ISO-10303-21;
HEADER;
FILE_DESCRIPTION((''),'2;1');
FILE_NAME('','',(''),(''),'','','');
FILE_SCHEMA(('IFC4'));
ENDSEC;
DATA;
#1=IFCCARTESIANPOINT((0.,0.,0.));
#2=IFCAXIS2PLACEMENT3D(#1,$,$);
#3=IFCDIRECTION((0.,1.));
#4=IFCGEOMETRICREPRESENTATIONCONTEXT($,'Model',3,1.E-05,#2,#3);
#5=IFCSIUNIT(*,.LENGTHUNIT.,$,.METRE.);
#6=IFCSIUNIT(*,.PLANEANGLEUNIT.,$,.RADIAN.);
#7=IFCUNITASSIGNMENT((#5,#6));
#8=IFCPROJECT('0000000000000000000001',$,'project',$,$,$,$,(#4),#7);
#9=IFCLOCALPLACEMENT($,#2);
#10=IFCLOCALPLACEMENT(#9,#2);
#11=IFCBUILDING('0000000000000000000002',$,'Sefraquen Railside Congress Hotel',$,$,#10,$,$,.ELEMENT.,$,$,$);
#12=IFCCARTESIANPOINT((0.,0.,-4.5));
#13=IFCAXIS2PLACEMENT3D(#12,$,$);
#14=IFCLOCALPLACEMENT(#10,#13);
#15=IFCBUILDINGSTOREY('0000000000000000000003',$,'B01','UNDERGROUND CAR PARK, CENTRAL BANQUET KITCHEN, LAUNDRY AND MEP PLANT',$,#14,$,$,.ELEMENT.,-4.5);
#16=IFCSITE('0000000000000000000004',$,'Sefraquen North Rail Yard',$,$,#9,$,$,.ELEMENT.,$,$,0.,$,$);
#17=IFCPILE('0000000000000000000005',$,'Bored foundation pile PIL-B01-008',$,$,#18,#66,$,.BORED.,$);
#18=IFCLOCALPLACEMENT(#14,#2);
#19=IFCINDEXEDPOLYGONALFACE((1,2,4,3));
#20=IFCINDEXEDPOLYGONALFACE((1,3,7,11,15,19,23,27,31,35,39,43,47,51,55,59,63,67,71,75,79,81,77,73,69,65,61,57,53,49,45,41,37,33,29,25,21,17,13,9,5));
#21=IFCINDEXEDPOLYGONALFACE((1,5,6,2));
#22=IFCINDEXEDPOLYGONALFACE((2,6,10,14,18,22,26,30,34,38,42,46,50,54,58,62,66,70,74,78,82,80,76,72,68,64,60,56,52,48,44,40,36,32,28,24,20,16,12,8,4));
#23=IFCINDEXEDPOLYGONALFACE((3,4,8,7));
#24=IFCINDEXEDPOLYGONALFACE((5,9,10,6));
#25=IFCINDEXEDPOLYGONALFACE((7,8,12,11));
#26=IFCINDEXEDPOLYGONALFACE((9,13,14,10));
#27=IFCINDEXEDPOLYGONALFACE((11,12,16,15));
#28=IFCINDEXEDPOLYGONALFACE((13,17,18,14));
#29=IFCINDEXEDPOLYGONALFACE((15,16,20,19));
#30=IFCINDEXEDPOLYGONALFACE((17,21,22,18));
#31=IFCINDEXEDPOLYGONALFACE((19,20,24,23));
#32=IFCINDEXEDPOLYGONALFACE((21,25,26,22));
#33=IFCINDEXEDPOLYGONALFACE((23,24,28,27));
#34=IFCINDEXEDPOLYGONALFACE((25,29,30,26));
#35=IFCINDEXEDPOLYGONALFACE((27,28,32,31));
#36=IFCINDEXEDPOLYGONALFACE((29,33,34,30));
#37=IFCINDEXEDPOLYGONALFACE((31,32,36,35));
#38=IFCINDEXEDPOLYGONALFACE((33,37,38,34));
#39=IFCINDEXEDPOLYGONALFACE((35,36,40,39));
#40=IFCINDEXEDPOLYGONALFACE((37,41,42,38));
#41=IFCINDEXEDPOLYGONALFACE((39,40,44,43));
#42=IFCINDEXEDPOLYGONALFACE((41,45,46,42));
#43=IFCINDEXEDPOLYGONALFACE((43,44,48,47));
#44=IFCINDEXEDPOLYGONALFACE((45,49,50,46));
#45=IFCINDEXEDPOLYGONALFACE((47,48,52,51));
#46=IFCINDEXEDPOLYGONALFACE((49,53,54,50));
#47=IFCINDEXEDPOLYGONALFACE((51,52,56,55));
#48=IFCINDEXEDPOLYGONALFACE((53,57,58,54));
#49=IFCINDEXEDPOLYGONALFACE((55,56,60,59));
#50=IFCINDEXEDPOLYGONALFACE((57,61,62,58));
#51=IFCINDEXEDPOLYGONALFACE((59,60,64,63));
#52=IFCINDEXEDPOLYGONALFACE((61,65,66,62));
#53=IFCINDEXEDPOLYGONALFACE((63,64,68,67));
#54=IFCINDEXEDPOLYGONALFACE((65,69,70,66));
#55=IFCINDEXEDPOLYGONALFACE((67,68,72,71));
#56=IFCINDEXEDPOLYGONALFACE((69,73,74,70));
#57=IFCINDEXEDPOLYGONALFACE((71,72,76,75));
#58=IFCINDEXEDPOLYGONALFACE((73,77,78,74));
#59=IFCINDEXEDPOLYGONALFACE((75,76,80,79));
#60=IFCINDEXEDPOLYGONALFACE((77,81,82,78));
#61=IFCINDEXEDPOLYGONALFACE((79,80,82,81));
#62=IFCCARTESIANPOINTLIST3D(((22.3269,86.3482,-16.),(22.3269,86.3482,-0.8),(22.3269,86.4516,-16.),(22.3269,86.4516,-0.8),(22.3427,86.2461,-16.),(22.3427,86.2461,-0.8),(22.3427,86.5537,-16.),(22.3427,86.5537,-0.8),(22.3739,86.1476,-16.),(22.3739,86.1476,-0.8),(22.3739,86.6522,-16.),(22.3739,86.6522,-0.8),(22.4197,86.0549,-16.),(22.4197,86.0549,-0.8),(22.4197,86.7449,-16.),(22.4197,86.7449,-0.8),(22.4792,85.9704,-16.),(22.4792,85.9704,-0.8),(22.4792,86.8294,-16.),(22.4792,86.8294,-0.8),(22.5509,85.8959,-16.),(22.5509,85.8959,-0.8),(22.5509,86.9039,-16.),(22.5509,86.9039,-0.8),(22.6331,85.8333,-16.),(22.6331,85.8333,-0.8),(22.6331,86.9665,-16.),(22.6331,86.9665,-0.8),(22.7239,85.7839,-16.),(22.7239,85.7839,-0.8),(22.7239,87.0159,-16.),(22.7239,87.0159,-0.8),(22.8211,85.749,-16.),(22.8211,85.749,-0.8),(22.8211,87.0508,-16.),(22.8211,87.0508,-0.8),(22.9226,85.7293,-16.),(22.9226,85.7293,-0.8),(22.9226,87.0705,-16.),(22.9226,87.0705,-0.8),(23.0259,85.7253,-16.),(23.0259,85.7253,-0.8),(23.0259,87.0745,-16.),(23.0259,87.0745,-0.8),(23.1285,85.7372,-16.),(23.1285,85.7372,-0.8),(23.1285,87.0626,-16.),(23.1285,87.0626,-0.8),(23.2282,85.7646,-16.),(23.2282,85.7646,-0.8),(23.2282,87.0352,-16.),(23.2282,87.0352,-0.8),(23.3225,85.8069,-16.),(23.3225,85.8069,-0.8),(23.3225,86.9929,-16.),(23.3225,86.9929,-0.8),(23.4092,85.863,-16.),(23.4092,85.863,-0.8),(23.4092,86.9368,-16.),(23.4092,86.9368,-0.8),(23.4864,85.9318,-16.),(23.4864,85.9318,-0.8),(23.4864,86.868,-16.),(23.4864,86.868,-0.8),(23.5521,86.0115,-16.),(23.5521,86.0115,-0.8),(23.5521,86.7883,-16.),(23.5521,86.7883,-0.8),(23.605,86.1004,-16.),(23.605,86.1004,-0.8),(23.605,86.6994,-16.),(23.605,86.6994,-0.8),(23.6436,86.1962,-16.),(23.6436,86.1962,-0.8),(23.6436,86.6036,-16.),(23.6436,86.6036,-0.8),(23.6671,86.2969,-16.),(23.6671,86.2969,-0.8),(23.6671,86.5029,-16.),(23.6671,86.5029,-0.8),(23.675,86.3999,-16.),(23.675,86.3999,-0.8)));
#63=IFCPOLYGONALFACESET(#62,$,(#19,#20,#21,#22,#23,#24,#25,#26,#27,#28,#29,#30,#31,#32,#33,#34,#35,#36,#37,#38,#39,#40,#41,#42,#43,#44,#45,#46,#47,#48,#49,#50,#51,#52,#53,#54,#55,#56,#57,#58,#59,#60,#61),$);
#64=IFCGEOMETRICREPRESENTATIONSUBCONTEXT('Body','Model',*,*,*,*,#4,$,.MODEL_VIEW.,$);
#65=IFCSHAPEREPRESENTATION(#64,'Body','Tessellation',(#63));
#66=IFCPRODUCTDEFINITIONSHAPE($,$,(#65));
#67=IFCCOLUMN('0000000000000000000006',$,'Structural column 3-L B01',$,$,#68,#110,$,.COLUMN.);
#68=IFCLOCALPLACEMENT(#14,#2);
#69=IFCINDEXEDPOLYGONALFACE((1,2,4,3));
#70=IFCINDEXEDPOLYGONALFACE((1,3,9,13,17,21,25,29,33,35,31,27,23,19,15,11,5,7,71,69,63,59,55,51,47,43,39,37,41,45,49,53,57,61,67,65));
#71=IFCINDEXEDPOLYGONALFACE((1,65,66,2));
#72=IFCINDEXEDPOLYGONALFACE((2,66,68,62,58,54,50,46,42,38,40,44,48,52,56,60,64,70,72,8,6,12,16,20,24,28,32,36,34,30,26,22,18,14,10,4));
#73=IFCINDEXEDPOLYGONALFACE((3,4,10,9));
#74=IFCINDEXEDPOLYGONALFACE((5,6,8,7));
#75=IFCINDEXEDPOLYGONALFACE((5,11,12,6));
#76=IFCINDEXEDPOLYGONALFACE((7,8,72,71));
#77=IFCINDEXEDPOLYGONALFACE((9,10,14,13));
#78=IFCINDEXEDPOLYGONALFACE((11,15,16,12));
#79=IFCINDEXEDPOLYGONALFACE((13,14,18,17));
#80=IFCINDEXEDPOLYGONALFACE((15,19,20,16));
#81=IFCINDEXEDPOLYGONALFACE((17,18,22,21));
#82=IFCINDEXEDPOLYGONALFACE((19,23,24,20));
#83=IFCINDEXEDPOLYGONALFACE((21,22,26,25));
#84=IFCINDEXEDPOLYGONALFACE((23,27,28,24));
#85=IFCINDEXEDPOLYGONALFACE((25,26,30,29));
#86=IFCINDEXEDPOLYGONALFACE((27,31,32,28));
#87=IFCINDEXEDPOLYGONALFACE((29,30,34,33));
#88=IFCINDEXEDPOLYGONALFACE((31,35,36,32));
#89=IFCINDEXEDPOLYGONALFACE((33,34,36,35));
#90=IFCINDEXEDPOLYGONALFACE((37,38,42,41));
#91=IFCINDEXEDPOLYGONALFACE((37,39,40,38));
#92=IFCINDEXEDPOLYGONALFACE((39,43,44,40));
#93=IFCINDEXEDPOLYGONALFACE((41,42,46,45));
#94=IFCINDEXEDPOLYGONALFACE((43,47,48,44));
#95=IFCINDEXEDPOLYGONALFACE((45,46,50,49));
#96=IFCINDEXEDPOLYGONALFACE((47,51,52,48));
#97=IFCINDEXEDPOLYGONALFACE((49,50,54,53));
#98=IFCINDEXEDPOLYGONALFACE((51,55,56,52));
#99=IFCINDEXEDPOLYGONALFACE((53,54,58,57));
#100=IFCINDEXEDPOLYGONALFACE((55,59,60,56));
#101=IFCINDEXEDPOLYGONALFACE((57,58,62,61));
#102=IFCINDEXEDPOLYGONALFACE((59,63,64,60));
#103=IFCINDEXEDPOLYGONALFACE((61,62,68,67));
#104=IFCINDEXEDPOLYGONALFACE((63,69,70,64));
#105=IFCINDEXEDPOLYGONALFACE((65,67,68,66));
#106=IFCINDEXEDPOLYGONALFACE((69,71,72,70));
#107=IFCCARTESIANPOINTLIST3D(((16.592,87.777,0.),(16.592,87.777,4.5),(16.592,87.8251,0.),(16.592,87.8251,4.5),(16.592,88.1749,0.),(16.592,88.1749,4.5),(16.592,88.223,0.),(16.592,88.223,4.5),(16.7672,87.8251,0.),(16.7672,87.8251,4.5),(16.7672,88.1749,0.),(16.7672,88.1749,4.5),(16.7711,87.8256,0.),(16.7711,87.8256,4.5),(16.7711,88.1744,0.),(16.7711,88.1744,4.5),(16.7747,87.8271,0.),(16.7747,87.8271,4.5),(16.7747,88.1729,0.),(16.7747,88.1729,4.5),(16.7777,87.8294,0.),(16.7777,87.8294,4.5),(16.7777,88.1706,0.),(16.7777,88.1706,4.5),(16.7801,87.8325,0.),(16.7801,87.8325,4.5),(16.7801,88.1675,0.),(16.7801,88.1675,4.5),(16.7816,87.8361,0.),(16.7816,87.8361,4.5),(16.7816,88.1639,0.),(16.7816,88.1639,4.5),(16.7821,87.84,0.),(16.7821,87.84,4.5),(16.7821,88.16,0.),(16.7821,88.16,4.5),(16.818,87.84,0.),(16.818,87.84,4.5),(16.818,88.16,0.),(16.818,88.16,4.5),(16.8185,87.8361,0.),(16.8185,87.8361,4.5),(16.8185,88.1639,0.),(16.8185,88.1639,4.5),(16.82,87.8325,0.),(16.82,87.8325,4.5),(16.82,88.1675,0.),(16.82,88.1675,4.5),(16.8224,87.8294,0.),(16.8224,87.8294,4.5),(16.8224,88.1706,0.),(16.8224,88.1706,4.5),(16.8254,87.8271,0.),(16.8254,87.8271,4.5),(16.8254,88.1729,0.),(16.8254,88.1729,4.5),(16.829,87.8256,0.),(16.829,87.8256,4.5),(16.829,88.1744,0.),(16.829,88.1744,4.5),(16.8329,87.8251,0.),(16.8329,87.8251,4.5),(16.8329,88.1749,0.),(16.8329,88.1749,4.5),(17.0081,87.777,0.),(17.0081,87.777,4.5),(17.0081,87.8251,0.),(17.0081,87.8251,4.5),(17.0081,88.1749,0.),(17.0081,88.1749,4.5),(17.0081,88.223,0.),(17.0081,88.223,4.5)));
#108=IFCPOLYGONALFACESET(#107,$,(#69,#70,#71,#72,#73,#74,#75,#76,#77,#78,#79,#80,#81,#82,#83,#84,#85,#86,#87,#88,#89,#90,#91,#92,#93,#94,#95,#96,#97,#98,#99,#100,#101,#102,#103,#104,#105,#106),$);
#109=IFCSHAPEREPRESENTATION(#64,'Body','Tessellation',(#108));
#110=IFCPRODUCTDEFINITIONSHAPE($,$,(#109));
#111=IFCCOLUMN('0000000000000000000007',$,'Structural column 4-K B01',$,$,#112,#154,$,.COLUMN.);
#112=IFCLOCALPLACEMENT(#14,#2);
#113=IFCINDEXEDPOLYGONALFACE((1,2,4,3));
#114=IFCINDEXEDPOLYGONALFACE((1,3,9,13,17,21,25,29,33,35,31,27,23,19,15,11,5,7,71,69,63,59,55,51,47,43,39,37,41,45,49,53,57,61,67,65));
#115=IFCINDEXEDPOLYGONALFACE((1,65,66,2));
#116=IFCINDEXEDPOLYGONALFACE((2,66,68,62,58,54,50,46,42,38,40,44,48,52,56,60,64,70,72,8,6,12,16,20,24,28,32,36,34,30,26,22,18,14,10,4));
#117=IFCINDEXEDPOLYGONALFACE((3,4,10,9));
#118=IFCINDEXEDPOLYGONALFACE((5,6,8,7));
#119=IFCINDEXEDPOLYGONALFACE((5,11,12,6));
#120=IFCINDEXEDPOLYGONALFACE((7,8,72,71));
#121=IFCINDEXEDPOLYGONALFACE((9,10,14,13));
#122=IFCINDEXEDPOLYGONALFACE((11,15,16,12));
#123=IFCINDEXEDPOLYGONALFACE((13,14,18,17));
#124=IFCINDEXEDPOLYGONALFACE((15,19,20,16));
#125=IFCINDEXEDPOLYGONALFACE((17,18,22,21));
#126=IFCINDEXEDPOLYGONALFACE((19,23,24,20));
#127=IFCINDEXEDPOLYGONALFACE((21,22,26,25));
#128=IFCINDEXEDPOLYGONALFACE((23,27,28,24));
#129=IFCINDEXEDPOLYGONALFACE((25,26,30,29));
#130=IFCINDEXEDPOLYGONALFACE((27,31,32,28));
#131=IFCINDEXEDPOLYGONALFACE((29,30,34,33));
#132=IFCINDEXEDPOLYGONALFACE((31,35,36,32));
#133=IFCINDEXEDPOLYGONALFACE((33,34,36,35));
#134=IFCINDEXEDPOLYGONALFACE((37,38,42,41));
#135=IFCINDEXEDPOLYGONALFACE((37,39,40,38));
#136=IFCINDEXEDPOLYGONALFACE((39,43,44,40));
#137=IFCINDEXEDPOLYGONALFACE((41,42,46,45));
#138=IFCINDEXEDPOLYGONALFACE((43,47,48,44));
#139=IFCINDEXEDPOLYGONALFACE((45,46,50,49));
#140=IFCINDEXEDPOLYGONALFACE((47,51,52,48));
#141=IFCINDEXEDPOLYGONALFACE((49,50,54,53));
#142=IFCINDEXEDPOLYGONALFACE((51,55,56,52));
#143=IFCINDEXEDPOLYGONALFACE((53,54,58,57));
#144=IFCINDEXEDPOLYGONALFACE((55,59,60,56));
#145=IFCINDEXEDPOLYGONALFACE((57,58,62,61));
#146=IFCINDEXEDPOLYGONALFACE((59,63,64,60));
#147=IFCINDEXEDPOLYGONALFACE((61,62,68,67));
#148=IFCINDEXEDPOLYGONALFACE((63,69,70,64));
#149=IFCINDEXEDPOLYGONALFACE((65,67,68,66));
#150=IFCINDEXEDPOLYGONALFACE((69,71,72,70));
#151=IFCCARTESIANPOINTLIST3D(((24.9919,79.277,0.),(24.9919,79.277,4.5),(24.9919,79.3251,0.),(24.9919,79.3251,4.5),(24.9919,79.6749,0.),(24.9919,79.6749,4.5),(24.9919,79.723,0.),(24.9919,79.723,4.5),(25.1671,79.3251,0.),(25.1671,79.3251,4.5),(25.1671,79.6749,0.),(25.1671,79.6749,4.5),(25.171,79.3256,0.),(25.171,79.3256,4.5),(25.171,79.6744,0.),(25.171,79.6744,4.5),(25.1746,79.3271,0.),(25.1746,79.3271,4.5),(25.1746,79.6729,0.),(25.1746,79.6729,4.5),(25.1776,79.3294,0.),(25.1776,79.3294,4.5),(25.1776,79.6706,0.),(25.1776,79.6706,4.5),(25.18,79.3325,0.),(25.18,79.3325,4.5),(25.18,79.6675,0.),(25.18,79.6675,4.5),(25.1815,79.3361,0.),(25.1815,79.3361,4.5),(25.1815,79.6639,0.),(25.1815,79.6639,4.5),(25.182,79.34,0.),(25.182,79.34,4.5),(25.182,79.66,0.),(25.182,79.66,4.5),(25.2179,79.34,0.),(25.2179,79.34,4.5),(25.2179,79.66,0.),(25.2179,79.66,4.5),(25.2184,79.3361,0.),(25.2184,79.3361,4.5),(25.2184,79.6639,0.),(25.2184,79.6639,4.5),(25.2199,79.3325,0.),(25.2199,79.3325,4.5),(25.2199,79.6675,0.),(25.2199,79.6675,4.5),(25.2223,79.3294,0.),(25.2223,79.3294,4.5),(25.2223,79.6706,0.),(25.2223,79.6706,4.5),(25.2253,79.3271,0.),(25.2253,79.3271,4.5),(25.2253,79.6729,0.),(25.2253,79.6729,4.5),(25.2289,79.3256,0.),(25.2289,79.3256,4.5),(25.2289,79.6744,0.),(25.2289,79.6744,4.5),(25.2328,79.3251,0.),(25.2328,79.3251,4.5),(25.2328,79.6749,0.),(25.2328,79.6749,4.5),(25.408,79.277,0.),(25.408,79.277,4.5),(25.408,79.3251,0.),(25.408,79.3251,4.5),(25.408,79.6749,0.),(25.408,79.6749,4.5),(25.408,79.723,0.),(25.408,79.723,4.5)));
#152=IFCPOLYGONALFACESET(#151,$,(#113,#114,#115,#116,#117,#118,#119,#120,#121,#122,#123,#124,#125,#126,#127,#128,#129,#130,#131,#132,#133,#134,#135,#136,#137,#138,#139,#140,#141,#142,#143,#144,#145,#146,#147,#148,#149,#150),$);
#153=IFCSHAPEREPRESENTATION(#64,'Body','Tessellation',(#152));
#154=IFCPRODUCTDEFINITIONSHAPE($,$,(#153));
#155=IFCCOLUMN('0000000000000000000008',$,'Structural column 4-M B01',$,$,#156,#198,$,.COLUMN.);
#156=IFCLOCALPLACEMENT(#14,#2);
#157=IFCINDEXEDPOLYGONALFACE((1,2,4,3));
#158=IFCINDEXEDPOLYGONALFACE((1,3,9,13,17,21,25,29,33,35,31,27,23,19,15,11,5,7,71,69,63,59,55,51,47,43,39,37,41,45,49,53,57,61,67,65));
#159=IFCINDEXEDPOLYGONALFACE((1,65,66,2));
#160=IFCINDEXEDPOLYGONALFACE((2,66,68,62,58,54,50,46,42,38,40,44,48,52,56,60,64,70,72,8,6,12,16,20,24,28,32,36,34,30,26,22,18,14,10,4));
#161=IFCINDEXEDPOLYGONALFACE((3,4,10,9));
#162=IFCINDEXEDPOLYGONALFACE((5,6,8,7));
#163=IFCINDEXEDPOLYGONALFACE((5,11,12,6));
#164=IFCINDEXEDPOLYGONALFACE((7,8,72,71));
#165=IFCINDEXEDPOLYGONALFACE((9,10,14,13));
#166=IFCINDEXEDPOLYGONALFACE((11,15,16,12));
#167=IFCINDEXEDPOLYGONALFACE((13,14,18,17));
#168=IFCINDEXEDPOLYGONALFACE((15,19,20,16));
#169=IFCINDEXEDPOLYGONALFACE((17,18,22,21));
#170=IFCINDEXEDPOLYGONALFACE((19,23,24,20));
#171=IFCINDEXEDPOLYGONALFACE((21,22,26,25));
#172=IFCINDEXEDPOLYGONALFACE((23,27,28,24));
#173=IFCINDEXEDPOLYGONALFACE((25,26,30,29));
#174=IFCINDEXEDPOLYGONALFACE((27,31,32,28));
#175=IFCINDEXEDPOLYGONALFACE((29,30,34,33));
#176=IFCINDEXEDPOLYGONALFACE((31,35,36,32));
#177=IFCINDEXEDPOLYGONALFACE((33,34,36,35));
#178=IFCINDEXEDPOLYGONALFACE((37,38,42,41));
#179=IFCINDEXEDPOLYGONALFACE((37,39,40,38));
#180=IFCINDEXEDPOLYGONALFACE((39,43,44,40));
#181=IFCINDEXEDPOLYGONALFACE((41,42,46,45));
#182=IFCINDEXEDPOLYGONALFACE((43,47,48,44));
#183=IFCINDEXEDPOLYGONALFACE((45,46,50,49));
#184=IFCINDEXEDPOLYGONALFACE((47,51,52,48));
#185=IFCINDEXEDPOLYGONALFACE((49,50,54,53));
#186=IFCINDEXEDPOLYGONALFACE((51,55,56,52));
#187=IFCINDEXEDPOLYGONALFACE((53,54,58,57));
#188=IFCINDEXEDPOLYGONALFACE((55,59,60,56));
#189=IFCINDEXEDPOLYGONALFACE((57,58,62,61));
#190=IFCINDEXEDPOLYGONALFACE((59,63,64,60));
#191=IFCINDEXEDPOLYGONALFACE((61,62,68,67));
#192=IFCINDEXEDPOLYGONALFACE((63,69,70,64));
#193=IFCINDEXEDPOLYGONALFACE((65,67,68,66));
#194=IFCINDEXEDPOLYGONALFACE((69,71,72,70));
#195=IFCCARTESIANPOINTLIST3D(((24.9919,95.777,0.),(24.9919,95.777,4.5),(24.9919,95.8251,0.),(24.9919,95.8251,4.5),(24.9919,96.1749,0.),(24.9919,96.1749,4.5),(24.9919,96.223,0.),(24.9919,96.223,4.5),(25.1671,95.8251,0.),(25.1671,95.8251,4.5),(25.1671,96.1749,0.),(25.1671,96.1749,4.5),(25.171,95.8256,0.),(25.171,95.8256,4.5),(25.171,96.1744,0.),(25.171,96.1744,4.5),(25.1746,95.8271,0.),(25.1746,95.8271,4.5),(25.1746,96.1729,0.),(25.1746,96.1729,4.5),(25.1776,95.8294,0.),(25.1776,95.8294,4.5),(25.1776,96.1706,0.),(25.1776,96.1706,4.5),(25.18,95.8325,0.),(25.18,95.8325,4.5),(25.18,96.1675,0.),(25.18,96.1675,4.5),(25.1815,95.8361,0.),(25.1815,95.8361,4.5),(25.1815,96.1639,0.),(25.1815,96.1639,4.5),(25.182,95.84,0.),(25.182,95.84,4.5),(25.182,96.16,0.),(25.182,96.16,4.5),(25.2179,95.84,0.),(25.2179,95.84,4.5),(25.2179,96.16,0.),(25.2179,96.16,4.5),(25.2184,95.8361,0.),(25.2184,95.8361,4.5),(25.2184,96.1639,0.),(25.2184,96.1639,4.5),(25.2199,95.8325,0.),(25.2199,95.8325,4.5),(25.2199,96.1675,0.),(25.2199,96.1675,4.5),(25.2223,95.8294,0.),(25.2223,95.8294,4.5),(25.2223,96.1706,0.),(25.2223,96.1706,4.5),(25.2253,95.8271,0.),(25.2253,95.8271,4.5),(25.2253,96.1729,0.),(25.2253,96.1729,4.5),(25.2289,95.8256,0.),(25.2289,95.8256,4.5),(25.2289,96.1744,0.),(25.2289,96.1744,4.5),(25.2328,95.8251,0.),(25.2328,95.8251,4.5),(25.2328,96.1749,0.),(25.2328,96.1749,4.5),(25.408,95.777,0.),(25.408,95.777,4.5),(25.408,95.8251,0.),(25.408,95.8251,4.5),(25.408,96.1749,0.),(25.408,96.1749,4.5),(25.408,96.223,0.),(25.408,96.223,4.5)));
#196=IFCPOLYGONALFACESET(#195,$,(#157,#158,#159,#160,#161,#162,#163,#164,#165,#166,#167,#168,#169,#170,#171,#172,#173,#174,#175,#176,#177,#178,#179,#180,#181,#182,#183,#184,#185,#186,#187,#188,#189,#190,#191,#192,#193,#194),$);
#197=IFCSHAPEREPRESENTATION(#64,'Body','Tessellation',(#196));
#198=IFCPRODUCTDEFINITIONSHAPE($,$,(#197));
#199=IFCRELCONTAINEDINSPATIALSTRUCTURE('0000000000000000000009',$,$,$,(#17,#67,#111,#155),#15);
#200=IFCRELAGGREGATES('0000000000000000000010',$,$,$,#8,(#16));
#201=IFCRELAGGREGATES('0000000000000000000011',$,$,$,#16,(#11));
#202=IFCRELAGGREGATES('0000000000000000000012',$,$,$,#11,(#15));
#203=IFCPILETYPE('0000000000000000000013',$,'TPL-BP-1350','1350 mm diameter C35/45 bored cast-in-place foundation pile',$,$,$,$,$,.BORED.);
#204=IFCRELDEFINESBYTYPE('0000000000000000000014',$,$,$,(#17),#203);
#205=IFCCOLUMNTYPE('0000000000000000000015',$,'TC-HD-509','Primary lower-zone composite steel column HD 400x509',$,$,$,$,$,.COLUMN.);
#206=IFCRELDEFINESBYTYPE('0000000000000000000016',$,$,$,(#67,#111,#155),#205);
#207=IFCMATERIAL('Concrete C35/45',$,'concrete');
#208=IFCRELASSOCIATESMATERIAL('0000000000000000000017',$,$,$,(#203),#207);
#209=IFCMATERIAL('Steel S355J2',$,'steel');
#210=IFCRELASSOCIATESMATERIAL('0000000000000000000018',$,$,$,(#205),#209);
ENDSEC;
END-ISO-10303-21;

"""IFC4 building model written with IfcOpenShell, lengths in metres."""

from ifc_helpers import new_model, si_unit, direction, frame, origin, origin_2d, place, context, subcontext, project, spatial, circle, i_section, extrude, material, material_profile, profile_set, type_object, element, save


model = new_model("IFC4")

# Units and contexts
model_context = context("Model", 3, precision=1e-05, world=origin(), true_north=direction((0.0, 1.0)))
body_context = subcontext(model_context, "Body", "Model", "MODEL_VIEW")
ifc_project = project(units=[si_unit("LENGTHUNIT", "METRE"), si_unit("PLANEANGLEUNIT", "RADIAN")], contexts=[model_context])

# Site, building, storey
site_placement = place(None, origin())
site = spatial("IfcSite", under=ifc_project, at=site_placement, Name="Sefraquen North Rail Yard", CompositionType="ELEMENT", RefElevation=0.0)
building_placement = place(site_placement, origin())
building = spatial("IfcBuilding", under=site, at=building_placement, Name="Sefraquen Railside Congress Hotel", CompositionType="ELEMENT")
storey_placement = place(building_placement, frame((0.0, 0.0, -4.5)))
storey = spatial("IfcBuildingStorey", under=building, at=storey_placement, Name="B01", Description="UNDERGROUND CAR PARK, CENTRAL BANQUET KITCHEN, LAUNDRY AND MEP PLANT", CompositionType="ELEMENT", Elevation=-4.5)

# Pile
ifc_material_1 = material(Name="Concrete C35/45", Category="concrete")
ifc_material_profile_1 = material_profile(ifc_material_1, circle(Radius=0.675, at=origin_2d()), Name="BORED PILE 1350")
ifc_profile_set_1 = profile_set([ifc_material_profile_1], Name="Concrete C35/45")
pile_type = type_object("IfcPileType", Name="TPL-BP-1350", Description="1350 mm diameter C35/45 bored cast-in-place foundation pile", PredefinedType="BORED", material=ifc_profile_set_1)
for number, where, z_axis, x_axis, name in (
    (1, (23.0, 86.3999, -0.8), (0.0, 0.0, -1.0), (1.0, 0.0, 0.0), "Bored foundation pile PIL-B01-008"),
):
    element("IfcPile", number, at=place(storey_placement, frame(where, z_axis=z_axis, x_axis=x_axis)), inside=storey, type_object=pile_type, Name=name, PredefinedType="BORED", context=body_context, shape_type="SweptSolid", body=[
        extrude(circle(Radius=0.675, at=origin_2d()), origin(), (0.0, 0.0, 1.0), 15.2),
    ])

# Columns
ifc_material_2 = material(Name="Steel S355J2", Category="steel")
ifc_material_profile_2 = material_profile(ifc_material_2, i_section(OverallWidth=0.416, OverallDepth=0.446, WebThickness=0.0359, FlangeThickness=0.0481, FilletRadius=0.0149, at=origin_2d()), Name="HD 400x509")
ifc_profile_set_2 = profile_set([ifc_material_profile_2], Name="Steel S355J2")
column_type_1 = type_object("IfcColumnType", Name="TC-HD-509", Description="Primary lower-zone composite steel column HD 400x509", PredefinedType="COLUMN", material=ifc_profile_set_2)
for number, where, z_axis, x_axis, name in (
    (2, (16.8, 88.0, 0.0), (0.0, 0.0, 1.0), (1.0, 0.0, 0.0), "Structural column 3-L B01"),
    (3, (25.2, 79.5, 0.0), (0.0, 0.0, 1.0), (1.0, 0.0, 0.0), "Structural column 4-K B01"),
    (4, (25.2, 96.0, 0.0), (0.0, 0.0, 1.0), (1.0, 0.0, 0.0), "Structural column 4-M B01"),
):
    element("IfcColumn", number, at=place(storey_placement, frame(where, z_axis=z_axis, x_axis=x_axis)), inside=storey, type_object=column_type_1, Name=name, PredefinedType="COLUMN", context=body_context, shape_type="SweptSolid", body=[
        extrude(i_section(OverallWidth=0.416, OverallDepth=0.446, WebThickness=0.0359, FlangeThickness=0.0481, FilletRadius=0.0149, at=origin_2d()), origin(), (0.0, 0.0, 1.0), 4.5),
    ])

save(model, "model.ifc")
